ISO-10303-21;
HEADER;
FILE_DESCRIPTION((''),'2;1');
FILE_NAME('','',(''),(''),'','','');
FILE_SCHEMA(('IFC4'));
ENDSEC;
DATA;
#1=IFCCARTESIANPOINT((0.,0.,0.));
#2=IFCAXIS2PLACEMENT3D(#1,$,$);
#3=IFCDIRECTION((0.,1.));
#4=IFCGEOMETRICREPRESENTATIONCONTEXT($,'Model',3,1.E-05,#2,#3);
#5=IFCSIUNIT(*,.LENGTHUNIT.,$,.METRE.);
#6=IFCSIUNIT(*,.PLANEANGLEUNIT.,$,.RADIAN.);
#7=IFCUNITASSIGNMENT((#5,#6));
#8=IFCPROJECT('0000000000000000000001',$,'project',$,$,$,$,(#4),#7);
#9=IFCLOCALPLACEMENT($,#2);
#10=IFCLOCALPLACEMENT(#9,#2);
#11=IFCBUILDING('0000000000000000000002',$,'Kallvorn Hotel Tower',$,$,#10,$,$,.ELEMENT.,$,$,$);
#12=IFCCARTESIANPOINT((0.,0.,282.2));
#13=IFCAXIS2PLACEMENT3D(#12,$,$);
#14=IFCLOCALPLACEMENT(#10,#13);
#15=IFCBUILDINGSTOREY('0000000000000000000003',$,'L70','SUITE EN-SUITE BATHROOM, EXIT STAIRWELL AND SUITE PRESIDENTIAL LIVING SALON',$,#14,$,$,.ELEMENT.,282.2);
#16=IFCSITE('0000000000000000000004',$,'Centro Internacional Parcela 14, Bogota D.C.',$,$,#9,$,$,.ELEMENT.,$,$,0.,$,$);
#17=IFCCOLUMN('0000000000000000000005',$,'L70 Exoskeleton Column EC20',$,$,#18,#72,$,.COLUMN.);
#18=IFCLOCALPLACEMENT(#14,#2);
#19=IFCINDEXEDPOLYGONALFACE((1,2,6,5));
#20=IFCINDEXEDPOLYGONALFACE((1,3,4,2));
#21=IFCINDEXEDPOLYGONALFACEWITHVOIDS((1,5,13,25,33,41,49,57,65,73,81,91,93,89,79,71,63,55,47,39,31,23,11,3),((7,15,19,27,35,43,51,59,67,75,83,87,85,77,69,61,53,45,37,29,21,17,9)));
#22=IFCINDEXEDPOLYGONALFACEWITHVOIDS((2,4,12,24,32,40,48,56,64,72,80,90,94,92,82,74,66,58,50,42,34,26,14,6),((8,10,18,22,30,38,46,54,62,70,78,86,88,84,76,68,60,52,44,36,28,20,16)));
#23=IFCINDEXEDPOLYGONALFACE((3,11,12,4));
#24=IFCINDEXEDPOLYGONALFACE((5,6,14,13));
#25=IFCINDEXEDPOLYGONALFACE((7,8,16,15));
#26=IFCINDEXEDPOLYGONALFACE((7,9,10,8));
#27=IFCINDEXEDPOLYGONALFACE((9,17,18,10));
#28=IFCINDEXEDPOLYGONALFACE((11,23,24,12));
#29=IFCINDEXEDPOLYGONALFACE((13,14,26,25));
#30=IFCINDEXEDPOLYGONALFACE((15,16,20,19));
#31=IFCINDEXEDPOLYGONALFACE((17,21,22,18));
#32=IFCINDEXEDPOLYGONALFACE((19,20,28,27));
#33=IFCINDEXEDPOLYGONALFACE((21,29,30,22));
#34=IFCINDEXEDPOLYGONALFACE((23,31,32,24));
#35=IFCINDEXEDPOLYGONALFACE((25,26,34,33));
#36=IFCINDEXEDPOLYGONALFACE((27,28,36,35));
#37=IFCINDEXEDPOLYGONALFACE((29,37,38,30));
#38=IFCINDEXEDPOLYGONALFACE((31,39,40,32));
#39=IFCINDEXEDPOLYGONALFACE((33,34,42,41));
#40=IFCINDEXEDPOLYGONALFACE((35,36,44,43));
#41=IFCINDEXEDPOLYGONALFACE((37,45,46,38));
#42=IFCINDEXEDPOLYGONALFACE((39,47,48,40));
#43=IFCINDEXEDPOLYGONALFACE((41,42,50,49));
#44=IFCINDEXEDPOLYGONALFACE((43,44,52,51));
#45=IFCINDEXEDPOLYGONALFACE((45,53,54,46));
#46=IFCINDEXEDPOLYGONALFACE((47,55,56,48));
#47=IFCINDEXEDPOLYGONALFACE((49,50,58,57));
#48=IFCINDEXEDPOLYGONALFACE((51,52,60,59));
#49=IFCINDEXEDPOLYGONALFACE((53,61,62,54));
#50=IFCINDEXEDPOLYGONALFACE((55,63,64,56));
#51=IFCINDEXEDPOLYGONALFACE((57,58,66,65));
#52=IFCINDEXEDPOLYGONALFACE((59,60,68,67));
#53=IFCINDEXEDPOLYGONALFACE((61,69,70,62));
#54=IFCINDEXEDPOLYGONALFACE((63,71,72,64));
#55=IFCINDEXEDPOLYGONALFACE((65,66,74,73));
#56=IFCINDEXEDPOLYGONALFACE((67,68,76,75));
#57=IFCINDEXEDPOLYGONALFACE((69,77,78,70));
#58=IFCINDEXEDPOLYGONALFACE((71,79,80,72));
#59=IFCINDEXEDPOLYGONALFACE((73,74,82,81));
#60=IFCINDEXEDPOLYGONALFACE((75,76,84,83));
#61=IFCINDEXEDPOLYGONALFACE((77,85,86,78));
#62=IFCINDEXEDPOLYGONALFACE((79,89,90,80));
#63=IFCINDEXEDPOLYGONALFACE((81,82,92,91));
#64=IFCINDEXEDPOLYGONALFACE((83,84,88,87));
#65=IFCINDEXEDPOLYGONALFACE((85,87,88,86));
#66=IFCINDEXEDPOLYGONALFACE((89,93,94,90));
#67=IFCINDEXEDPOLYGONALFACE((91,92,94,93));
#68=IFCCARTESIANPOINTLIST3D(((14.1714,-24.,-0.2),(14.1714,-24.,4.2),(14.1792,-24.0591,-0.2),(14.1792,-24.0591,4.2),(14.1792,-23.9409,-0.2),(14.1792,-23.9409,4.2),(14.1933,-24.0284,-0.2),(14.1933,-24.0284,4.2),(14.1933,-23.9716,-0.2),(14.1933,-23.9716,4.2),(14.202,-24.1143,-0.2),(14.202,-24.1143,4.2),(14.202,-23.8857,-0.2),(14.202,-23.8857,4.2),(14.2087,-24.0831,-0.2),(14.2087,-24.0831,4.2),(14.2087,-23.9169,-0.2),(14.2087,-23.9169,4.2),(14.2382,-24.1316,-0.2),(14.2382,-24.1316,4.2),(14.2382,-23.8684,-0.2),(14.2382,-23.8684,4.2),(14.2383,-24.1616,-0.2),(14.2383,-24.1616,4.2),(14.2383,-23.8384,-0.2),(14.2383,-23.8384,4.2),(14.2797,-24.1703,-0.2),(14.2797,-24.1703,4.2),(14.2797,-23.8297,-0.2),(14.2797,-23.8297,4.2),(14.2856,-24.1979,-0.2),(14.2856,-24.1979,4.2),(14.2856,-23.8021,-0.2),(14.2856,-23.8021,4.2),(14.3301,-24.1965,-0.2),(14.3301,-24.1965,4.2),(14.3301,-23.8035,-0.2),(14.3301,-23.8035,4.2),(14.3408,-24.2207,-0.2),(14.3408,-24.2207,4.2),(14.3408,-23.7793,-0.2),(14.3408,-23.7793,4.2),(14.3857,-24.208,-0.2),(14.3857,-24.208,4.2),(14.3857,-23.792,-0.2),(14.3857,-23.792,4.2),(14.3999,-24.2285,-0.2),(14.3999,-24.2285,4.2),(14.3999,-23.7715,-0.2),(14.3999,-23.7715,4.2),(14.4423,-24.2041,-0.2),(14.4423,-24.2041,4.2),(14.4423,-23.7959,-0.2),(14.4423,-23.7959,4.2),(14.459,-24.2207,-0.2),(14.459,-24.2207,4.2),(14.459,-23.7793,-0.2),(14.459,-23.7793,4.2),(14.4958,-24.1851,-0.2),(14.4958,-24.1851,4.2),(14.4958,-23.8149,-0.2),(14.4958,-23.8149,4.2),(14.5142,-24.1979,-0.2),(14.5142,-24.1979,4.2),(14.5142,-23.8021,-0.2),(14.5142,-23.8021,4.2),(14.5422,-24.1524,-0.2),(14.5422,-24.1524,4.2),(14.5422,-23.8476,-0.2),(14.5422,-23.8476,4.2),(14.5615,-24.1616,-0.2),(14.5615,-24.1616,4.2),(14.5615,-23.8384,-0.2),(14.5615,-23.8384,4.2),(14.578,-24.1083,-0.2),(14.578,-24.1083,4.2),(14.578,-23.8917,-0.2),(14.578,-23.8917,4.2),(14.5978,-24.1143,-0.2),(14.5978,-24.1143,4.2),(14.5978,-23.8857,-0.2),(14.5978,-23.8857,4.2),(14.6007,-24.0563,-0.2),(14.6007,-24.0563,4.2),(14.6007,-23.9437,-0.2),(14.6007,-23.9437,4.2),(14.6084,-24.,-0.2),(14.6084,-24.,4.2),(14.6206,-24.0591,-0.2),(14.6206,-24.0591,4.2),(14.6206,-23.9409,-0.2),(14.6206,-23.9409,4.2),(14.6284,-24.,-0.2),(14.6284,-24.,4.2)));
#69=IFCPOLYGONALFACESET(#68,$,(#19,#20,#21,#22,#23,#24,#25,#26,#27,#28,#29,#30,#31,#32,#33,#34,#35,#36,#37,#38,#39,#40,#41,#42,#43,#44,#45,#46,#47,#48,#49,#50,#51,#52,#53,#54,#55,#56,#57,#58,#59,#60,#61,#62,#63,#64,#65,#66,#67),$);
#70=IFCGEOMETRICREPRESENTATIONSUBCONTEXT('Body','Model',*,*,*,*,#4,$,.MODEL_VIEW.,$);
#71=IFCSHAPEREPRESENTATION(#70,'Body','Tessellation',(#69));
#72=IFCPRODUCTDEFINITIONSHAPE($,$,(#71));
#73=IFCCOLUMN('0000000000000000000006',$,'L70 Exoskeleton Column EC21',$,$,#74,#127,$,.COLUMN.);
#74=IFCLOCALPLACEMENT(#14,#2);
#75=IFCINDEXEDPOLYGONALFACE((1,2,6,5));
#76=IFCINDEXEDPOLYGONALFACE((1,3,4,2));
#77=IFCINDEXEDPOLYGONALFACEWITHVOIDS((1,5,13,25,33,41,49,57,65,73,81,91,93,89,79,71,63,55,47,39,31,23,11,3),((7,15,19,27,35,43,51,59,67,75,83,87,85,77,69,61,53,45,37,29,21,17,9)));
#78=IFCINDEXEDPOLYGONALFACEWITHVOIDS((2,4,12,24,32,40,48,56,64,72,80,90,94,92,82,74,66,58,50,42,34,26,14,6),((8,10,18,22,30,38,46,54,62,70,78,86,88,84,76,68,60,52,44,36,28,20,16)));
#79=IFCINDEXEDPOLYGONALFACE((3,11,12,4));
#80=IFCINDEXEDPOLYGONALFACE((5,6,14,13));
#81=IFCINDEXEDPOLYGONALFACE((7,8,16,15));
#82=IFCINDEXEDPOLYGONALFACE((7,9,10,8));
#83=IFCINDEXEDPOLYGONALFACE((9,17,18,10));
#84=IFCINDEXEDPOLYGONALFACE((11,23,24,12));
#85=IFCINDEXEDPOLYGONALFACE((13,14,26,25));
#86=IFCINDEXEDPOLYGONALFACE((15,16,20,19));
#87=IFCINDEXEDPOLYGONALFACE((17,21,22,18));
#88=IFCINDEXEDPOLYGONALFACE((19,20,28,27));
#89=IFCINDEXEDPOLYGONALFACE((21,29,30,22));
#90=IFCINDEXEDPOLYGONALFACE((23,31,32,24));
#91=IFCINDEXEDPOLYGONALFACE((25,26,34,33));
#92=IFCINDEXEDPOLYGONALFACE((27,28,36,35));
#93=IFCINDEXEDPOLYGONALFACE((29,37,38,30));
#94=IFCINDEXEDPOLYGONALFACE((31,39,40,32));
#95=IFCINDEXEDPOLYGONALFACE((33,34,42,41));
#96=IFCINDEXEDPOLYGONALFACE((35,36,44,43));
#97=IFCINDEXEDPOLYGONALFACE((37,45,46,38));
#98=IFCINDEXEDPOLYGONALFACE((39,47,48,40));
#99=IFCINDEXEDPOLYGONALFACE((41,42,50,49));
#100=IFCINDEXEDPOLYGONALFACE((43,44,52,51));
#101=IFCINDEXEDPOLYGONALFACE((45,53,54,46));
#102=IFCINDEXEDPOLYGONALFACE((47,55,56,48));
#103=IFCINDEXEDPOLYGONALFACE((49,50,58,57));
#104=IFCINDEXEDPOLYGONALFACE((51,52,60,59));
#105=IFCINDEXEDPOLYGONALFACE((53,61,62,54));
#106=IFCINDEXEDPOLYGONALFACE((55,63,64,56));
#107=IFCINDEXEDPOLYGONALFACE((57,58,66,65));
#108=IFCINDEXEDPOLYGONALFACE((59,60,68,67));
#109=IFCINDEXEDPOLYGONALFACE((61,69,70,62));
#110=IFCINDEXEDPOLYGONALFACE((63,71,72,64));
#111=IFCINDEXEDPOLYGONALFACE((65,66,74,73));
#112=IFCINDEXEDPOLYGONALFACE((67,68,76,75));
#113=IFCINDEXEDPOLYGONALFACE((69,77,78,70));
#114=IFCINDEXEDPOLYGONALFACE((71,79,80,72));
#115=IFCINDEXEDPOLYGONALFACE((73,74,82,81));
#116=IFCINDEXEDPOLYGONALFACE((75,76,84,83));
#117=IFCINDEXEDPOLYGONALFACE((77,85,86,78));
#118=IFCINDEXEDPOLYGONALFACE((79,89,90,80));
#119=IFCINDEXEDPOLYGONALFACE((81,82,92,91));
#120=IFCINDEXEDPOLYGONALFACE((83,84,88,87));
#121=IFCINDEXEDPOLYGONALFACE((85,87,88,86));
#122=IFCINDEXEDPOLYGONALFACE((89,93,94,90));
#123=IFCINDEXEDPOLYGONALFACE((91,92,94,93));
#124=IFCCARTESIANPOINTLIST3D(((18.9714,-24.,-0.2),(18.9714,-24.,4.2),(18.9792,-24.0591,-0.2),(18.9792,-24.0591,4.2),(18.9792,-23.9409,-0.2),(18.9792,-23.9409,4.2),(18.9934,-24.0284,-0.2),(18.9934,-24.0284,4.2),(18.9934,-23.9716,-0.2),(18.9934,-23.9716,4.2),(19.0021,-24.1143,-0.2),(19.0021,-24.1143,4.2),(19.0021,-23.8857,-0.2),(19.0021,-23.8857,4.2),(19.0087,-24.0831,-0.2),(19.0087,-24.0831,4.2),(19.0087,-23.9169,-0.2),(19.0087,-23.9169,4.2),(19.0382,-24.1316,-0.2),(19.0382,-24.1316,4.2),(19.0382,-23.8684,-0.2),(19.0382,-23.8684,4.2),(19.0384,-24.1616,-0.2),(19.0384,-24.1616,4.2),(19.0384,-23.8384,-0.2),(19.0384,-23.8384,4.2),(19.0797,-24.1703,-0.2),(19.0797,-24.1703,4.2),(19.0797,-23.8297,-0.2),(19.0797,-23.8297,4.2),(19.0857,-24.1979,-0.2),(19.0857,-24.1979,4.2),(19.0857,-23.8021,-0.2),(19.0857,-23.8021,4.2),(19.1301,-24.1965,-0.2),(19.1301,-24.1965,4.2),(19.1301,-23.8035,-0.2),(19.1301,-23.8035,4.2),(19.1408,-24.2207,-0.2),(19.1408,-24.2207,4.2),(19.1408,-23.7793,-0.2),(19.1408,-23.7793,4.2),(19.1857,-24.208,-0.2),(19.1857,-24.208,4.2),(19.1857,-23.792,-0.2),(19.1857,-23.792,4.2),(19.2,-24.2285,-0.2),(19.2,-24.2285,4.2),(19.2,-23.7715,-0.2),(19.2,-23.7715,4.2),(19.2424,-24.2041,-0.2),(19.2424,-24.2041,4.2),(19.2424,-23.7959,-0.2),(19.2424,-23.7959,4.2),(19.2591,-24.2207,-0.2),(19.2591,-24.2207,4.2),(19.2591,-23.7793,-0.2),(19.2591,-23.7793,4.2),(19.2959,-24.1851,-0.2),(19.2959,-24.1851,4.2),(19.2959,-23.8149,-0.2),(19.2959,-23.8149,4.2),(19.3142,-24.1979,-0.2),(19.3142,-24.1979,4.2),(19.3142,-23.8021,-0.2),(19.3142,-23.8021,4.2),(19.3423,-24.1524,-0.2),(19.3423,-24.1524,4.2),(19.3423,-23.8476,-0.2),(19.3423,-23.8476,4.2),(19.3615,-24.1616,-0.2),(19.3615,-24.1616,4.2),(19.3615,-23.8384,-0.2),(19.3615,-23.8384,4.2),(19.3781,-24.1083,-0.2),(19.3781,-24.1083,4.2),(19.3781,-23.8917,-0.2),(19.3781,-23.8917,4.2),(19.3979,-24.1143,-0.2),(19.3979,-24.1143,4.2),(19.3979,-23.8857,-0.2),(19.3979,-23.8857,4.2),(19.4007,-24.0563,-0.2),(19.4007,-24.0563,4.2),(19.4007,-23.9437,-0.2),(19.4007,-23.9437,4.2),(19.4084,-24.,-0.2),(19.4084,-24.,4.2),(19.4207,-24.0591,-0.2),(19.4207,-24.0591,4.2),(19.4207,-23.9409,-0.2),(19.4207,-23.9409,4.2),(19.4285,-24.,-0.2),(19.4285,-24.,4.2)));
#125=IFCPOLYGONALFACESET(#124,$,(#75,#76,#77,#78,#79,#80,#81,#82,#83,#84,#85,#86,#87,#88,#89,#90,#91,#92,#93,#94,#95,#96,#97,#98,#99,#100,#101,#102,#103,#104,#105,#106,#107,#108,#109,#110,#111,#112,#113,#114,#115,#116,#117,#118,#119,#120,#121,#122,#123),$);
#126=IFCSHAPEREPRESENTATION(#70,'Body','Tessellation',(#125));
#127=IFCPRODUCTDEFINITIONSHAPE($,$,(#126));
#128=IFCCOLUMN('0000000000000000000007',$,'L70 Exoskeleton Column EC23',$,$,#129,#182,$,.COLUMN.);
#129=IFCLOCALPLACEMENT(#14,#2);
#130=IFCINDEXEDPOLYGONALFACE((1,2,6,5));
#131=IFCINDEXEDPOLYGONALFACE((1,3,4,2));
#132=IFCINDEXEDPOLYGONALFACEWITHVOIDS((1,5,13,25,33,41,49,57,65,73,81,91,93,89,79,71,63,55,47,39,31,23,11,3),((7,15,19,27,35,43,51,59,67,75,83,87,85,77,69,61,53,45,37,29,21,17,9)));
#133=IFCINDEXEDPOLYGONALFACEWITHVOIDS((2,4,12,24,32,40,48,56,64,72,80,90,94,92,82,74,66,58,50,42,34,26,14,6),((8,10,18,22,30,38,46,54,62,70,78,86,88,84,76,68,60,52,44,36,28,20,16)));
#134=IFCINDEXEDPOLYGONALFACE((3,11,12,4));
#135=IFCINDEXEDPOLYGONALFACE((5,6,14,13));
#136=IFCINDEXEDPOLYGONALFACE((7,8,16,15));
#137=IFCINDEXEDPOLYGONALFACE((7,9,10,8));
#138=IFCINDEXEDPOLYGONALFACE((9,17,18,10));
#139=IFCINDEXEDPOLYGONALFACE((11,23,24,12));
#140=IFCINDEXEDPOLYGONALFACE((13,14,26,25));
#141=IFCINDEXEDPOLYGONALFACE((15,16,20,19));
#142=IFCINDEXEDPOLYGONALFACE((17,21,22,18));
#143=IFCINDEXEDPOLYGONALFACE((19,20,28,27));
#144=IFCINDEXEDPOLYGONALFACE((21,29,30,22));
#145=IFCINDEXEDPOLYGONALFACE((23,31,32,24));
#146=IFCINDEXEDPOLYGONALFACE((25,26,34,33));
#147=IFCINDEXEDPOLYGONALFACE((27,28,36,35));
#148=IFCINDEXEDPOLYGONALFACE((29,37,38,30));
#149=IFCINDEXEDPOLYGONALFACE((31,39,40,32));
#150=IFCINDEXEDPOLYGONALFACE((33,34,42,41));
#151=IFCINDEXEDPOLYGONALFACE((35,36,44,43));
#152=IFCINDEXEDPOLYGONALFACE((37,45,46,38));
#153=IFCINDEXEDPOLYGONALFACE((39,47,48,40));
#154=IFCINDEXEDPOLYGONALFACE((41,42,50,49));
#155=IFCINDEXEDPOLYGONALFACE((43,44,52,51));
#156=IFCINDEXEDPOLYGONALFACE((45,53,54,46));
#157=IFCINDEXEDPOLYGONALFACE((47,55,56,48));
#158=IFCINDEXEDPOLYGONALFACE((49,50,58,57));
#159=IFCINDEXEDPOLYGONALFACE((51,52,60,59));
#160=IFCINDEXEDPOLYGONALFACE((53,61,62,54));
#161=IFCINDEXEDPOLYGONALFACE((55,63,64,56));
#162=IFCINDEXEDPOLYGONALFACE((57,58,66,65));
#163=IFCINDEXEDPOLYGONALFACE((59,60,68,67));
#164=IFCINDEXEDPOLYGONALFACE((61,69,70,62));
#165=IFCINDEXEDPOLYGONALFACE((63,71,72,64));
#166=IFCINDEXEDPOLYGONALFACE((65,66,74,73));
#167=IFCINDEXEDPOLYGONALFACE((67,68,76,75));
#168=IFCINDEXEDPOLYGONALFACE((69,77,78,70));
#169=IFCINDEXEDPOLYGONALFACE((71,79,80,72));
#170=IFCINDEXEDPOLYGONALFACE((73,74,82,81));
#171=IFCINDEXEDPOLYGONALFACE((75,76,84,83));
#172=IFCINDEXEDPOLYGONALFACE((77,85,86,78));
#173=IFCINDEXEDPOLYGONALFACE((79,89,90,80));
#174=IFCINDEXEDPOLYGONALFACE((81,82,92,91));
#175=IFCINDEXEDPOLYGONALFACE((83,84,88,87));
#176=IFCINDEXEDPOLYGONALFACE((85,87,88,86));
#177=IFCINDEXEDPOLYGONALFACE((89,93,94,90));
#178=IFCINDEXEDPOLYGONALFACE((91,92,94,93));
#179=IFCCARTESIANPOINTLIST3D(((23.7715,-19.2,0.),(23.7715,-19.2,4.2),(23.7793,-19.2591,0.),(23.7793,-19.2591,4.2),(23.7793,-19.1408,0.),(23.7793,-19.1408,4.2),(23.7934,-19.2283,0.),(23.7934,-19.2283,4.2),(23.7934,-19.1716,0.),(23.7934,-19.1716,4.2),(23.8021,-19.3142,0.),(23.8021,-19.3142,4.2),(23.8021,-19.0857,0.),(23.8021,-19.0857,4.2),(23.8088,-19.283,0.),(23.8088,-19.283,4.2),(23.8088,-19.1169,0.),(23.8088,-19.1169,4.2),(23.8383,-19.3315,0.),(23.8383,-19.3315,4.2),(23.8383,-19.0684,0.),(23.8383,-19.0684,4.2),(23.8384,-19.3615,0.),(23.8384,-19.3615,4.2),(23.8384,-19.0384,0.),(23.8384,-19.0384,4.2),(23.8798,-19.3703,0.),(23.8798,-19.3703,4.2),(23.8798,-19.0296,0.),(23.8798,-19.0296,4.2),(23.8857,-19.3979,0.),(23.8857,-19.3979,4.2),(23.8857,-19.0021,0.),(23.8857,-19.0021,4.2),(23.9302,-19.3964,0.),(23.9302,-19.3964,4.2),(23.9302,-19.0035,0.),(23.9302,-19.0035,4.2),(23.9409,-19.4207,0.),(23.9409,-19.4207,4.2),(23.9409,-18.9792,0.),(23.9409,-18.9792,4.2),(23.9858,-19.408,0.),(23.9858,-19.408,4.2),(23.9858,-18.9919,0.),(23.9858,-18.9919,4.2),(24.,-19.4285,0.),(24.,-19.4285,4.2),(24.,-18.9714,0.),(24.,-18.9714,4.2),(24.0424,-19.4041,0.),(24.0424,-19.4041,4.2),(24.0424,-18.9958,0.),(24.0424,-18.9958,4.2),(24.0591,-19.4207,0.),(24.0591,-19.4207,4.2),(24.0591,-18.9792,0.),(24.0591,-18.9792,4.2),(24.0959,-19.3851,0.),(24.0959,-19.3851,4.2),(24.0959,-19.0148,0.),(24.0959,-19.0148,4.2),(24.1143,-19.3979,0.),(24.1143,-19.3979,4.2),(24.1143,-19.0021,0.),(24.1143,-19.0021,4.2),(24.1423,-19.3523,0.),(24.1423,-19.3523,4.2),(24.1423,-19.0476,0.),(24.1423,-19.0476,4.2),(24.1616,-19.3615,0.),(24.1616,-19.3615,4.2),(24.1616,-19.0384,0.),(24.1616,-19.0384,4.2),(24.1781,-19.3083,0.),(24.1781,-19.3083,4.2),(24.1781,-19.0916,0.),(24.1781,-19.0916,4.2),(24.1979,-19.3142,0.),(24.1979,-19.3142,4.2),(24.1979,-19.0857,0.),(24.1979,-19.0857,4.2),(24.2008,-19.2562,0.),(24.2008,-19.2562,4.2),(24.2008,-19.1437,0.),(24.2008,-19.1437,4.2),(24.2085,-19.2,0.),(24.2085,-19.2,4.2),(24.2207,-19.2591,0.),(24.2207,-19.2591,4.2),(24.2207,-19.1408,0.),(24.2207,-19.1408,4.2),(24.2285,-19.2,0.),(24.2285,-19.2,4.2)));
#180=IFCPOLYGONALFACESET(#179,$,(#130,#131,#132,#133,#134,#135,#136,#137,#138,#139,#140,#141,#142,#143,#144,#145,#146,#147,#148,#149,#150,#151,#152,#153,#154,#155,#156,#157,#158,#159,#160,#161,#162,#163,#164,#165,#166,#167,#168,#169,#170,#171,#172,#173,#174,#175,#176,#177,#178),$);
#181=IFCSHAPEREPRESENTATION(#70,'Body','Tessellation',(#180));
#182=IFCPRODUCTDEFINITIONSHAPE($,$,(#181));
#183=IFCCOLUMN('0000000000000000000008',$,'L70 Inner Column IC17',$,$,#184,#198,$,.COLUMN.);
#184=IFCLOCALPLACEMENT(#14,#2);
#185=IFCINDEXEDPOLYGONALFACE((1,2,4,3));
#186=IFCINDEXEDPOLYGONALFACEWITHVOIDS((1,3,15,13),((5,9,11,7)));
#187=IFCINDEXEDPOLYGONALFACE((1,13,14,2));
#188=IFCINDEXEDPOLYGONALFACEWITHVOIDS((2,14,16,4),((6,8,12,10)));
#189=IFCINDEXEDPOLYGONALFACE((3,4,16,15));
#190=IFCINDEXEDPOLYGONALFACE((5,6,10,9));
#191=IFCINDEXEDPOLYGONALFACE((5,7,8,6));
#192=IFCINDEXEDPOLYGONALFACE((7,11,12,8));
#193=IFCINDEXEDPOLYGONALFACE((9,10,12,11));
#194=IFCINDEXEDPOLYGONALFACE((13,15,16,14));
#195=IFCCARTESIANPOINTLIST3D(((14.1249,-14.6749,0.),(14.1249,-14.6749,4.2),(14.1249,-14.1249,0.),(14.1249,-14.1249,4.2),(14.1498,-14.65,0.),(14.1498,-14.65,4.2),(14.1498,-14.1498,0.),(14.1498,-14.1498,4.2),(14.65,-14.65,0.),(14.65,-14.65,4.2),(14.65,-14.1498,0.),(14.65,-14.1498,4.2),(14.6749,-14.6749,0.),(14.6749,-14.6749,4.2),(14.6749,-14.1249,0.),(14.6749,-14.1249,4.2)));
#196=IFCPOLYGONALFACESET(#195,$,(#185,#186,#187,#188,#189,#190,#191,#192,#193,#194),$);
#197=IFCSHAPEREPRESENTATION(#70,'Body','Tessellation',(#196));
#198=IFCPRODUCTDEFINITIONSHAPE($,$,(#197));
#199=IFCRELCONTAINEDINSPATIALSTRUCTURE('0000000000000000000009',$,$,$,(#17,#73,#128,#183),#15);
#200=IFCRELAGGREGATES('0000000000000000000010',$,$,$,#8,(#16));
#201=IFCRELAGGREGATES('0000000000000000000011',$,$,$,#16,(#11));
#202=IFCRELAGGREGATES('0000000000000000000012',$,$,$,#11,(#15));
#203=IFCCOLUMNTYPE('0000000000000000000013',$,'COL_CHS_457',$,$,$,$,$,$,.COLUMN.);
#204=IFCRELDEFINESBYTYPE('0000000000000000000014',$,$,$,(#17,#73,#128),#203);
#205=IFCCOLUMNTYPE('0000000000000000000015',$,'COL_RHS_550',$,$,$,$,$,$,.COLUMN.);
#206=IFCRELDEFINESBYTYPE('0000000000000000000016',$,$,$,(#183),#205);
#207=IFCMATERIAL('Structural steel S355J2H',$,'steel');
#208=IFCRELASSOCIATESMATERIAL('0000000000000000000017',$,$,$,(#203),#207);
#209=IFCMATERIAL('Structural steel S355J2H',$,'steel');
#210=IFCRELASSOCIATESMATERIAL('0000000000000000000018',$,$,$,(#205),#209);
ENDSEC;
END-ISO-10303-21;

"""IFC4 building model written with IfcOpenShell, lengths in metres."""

from ifc_helpers import new_model, si_unit, direction, frame, origin, origin_2d, place, context, subcontext, project, spatial, hollow_rectangle, hollow_circle, extrude, material, material_profile, profile_set, type_object, element, save


model = new_model("IFC4")

# Units and contexts
model_context = context("Model", 3, precision=1e-05, world=origin(), true_north=direction((0.0, 1.0)))
body_context = subcontext(model_context, "Body", "Model", "MODEL_VIEW")
ifc_project = project(units=[si_unit("LENGTHUNIT", "METRE"), si_unit("PLANEANGLEUNIT", "RADIAN")], contexts=[model_context])

# Site, building, storey
site_placement = place(None, origin())
site = spatial("IfcSite", under=ifc_project, at=site_placement, Name="Centro Internacional Parcela 14, Bogota D.C.", CompositionType="ELEMENT", RefElevation=0.0)
building_placement = place(site_placement, origin())
building = spatial("IfcBuilding", under=site, at=building_placement, Name="Kallvorn Hotel Tower", CompositionType="ELEMENT")
storey_placement = place(building_placement, frame((0.0, 0.0, 282.2)))
storey = spatial("IfcBuildingStorey", under=building, at=storey_placement, Name="L70", Description="SUITE EN-SUITE BATHROOM, EXIT STAIRWELL AND SUITE PRESIDENTIAL LIVING SALON", CompositionType="ELEMENT", Elevation=282.2)

# Columns
ifc_material_1 = material(Name="Structural steel S355J2H", Category="steel")
ifc_material_profile_1 = material_profile(ifc_material_1, hollow_circle(Radius=0.2285, WallThickness=0.02, at=origin_2d()), Name="CHS 457x20")
ifc_profile_set_1 = profile_set([ifc_material_profile_1], Name="Structural steel S355J2H")
column_type_1 = type_object("IfcColumnType", Name="COL_CHS_457", PredefinedType="COLUMN", material=ifc_profile_set_1)
for number, where, z_axis, x_axis, name in (
    (1, (14.3999, -24.0, -0.2), (0.0, 0.0, 1.0), (1.0, 0.0, 0.0), "L70 Exoskeleton Column EC20"),
    (2, (19.2, -24.0, -0.2), (0.0, 0.0, 1.0), (1.0, 0.0, 0.0), "L70 Exoskeleton Column EC21"),
):
    element("IfcColumn", number, at=place(storey_placement, frame(where, z_axis=z_axis, x_axis=x_axis)), inside=storey, type_object=column_type_1, Name=name, PredefinedType="COLUMN", context=body_context, shape_type="SweptSolid", body=[
        extrude(hollow_circle(Radius=0.2285, WallThickness=0.02, at=origin_2d()), origin(), (0.0, 0.0, 1.0), 4.3999),
    ])
column_placement = place(storey_placement, frame((24.0, -19.2, 0.0), z_axis=(0.0, 0.0, 1.0), x_axis=(1.0, 0.0, 0.0)))
element("IfcColumn", 3, at=column_placement, inside=storey, type_object=column_type_1, Name="L70 Exoskeleton Column EC23", PredefinedType="COLUMN", context=body_context, shape_type="SweptSolid", body=[
    extrude(hollow_circle(Radius=0.2285, WallThickness=0.02, at=origin_2d()), origin(), (0.0, 0.0, 1.0), 4.2),
])
ifc_material_2 = material(Name="Structural steel S355J2H", Category="steel")
ifc_material_profile_2 = material_profile(ifc_material_2, hollow_rectangle(XDim=0.55, YDim=0.55, WallThickness=0.0249, at=origin_2d()), Name="RHS 550x550x25")
ifc_profile_set_2 = profile_set([ifc_material_profile_2], Name="Structural steel S355J2H")
column_type_2 = type_object("IfcColumnType", Name="COL_RHS_550", PredefinedType="COLUMN", material=ifc_profile_set_2)
for number, where, z_axis, x_axis, name in (
    (4, (14.3999, -14.3999, 0.0), (0.0, 0.0, 1.0), (1.0, 0.0, 0.0), "L70 Inner Column IC17"),
):
    element("IfcColumn", number, at=place(storey_placement, frame(where, z_axis=z_axis, x_axis=x_axis)), inside=storey, type_object=column_type_2, Name=name, PredefinedType="COLUMN", context=body_context, shape_type="SweptSolid", body=[
        extrude(hollow_rectangle(XDim=0.55, YDim=0.55, WallThickness=0.0249, at=origin_2d()), origin(), (0.0, 0.0, 1.0), 4.2),
    ])

save(model, "model.ifc")
